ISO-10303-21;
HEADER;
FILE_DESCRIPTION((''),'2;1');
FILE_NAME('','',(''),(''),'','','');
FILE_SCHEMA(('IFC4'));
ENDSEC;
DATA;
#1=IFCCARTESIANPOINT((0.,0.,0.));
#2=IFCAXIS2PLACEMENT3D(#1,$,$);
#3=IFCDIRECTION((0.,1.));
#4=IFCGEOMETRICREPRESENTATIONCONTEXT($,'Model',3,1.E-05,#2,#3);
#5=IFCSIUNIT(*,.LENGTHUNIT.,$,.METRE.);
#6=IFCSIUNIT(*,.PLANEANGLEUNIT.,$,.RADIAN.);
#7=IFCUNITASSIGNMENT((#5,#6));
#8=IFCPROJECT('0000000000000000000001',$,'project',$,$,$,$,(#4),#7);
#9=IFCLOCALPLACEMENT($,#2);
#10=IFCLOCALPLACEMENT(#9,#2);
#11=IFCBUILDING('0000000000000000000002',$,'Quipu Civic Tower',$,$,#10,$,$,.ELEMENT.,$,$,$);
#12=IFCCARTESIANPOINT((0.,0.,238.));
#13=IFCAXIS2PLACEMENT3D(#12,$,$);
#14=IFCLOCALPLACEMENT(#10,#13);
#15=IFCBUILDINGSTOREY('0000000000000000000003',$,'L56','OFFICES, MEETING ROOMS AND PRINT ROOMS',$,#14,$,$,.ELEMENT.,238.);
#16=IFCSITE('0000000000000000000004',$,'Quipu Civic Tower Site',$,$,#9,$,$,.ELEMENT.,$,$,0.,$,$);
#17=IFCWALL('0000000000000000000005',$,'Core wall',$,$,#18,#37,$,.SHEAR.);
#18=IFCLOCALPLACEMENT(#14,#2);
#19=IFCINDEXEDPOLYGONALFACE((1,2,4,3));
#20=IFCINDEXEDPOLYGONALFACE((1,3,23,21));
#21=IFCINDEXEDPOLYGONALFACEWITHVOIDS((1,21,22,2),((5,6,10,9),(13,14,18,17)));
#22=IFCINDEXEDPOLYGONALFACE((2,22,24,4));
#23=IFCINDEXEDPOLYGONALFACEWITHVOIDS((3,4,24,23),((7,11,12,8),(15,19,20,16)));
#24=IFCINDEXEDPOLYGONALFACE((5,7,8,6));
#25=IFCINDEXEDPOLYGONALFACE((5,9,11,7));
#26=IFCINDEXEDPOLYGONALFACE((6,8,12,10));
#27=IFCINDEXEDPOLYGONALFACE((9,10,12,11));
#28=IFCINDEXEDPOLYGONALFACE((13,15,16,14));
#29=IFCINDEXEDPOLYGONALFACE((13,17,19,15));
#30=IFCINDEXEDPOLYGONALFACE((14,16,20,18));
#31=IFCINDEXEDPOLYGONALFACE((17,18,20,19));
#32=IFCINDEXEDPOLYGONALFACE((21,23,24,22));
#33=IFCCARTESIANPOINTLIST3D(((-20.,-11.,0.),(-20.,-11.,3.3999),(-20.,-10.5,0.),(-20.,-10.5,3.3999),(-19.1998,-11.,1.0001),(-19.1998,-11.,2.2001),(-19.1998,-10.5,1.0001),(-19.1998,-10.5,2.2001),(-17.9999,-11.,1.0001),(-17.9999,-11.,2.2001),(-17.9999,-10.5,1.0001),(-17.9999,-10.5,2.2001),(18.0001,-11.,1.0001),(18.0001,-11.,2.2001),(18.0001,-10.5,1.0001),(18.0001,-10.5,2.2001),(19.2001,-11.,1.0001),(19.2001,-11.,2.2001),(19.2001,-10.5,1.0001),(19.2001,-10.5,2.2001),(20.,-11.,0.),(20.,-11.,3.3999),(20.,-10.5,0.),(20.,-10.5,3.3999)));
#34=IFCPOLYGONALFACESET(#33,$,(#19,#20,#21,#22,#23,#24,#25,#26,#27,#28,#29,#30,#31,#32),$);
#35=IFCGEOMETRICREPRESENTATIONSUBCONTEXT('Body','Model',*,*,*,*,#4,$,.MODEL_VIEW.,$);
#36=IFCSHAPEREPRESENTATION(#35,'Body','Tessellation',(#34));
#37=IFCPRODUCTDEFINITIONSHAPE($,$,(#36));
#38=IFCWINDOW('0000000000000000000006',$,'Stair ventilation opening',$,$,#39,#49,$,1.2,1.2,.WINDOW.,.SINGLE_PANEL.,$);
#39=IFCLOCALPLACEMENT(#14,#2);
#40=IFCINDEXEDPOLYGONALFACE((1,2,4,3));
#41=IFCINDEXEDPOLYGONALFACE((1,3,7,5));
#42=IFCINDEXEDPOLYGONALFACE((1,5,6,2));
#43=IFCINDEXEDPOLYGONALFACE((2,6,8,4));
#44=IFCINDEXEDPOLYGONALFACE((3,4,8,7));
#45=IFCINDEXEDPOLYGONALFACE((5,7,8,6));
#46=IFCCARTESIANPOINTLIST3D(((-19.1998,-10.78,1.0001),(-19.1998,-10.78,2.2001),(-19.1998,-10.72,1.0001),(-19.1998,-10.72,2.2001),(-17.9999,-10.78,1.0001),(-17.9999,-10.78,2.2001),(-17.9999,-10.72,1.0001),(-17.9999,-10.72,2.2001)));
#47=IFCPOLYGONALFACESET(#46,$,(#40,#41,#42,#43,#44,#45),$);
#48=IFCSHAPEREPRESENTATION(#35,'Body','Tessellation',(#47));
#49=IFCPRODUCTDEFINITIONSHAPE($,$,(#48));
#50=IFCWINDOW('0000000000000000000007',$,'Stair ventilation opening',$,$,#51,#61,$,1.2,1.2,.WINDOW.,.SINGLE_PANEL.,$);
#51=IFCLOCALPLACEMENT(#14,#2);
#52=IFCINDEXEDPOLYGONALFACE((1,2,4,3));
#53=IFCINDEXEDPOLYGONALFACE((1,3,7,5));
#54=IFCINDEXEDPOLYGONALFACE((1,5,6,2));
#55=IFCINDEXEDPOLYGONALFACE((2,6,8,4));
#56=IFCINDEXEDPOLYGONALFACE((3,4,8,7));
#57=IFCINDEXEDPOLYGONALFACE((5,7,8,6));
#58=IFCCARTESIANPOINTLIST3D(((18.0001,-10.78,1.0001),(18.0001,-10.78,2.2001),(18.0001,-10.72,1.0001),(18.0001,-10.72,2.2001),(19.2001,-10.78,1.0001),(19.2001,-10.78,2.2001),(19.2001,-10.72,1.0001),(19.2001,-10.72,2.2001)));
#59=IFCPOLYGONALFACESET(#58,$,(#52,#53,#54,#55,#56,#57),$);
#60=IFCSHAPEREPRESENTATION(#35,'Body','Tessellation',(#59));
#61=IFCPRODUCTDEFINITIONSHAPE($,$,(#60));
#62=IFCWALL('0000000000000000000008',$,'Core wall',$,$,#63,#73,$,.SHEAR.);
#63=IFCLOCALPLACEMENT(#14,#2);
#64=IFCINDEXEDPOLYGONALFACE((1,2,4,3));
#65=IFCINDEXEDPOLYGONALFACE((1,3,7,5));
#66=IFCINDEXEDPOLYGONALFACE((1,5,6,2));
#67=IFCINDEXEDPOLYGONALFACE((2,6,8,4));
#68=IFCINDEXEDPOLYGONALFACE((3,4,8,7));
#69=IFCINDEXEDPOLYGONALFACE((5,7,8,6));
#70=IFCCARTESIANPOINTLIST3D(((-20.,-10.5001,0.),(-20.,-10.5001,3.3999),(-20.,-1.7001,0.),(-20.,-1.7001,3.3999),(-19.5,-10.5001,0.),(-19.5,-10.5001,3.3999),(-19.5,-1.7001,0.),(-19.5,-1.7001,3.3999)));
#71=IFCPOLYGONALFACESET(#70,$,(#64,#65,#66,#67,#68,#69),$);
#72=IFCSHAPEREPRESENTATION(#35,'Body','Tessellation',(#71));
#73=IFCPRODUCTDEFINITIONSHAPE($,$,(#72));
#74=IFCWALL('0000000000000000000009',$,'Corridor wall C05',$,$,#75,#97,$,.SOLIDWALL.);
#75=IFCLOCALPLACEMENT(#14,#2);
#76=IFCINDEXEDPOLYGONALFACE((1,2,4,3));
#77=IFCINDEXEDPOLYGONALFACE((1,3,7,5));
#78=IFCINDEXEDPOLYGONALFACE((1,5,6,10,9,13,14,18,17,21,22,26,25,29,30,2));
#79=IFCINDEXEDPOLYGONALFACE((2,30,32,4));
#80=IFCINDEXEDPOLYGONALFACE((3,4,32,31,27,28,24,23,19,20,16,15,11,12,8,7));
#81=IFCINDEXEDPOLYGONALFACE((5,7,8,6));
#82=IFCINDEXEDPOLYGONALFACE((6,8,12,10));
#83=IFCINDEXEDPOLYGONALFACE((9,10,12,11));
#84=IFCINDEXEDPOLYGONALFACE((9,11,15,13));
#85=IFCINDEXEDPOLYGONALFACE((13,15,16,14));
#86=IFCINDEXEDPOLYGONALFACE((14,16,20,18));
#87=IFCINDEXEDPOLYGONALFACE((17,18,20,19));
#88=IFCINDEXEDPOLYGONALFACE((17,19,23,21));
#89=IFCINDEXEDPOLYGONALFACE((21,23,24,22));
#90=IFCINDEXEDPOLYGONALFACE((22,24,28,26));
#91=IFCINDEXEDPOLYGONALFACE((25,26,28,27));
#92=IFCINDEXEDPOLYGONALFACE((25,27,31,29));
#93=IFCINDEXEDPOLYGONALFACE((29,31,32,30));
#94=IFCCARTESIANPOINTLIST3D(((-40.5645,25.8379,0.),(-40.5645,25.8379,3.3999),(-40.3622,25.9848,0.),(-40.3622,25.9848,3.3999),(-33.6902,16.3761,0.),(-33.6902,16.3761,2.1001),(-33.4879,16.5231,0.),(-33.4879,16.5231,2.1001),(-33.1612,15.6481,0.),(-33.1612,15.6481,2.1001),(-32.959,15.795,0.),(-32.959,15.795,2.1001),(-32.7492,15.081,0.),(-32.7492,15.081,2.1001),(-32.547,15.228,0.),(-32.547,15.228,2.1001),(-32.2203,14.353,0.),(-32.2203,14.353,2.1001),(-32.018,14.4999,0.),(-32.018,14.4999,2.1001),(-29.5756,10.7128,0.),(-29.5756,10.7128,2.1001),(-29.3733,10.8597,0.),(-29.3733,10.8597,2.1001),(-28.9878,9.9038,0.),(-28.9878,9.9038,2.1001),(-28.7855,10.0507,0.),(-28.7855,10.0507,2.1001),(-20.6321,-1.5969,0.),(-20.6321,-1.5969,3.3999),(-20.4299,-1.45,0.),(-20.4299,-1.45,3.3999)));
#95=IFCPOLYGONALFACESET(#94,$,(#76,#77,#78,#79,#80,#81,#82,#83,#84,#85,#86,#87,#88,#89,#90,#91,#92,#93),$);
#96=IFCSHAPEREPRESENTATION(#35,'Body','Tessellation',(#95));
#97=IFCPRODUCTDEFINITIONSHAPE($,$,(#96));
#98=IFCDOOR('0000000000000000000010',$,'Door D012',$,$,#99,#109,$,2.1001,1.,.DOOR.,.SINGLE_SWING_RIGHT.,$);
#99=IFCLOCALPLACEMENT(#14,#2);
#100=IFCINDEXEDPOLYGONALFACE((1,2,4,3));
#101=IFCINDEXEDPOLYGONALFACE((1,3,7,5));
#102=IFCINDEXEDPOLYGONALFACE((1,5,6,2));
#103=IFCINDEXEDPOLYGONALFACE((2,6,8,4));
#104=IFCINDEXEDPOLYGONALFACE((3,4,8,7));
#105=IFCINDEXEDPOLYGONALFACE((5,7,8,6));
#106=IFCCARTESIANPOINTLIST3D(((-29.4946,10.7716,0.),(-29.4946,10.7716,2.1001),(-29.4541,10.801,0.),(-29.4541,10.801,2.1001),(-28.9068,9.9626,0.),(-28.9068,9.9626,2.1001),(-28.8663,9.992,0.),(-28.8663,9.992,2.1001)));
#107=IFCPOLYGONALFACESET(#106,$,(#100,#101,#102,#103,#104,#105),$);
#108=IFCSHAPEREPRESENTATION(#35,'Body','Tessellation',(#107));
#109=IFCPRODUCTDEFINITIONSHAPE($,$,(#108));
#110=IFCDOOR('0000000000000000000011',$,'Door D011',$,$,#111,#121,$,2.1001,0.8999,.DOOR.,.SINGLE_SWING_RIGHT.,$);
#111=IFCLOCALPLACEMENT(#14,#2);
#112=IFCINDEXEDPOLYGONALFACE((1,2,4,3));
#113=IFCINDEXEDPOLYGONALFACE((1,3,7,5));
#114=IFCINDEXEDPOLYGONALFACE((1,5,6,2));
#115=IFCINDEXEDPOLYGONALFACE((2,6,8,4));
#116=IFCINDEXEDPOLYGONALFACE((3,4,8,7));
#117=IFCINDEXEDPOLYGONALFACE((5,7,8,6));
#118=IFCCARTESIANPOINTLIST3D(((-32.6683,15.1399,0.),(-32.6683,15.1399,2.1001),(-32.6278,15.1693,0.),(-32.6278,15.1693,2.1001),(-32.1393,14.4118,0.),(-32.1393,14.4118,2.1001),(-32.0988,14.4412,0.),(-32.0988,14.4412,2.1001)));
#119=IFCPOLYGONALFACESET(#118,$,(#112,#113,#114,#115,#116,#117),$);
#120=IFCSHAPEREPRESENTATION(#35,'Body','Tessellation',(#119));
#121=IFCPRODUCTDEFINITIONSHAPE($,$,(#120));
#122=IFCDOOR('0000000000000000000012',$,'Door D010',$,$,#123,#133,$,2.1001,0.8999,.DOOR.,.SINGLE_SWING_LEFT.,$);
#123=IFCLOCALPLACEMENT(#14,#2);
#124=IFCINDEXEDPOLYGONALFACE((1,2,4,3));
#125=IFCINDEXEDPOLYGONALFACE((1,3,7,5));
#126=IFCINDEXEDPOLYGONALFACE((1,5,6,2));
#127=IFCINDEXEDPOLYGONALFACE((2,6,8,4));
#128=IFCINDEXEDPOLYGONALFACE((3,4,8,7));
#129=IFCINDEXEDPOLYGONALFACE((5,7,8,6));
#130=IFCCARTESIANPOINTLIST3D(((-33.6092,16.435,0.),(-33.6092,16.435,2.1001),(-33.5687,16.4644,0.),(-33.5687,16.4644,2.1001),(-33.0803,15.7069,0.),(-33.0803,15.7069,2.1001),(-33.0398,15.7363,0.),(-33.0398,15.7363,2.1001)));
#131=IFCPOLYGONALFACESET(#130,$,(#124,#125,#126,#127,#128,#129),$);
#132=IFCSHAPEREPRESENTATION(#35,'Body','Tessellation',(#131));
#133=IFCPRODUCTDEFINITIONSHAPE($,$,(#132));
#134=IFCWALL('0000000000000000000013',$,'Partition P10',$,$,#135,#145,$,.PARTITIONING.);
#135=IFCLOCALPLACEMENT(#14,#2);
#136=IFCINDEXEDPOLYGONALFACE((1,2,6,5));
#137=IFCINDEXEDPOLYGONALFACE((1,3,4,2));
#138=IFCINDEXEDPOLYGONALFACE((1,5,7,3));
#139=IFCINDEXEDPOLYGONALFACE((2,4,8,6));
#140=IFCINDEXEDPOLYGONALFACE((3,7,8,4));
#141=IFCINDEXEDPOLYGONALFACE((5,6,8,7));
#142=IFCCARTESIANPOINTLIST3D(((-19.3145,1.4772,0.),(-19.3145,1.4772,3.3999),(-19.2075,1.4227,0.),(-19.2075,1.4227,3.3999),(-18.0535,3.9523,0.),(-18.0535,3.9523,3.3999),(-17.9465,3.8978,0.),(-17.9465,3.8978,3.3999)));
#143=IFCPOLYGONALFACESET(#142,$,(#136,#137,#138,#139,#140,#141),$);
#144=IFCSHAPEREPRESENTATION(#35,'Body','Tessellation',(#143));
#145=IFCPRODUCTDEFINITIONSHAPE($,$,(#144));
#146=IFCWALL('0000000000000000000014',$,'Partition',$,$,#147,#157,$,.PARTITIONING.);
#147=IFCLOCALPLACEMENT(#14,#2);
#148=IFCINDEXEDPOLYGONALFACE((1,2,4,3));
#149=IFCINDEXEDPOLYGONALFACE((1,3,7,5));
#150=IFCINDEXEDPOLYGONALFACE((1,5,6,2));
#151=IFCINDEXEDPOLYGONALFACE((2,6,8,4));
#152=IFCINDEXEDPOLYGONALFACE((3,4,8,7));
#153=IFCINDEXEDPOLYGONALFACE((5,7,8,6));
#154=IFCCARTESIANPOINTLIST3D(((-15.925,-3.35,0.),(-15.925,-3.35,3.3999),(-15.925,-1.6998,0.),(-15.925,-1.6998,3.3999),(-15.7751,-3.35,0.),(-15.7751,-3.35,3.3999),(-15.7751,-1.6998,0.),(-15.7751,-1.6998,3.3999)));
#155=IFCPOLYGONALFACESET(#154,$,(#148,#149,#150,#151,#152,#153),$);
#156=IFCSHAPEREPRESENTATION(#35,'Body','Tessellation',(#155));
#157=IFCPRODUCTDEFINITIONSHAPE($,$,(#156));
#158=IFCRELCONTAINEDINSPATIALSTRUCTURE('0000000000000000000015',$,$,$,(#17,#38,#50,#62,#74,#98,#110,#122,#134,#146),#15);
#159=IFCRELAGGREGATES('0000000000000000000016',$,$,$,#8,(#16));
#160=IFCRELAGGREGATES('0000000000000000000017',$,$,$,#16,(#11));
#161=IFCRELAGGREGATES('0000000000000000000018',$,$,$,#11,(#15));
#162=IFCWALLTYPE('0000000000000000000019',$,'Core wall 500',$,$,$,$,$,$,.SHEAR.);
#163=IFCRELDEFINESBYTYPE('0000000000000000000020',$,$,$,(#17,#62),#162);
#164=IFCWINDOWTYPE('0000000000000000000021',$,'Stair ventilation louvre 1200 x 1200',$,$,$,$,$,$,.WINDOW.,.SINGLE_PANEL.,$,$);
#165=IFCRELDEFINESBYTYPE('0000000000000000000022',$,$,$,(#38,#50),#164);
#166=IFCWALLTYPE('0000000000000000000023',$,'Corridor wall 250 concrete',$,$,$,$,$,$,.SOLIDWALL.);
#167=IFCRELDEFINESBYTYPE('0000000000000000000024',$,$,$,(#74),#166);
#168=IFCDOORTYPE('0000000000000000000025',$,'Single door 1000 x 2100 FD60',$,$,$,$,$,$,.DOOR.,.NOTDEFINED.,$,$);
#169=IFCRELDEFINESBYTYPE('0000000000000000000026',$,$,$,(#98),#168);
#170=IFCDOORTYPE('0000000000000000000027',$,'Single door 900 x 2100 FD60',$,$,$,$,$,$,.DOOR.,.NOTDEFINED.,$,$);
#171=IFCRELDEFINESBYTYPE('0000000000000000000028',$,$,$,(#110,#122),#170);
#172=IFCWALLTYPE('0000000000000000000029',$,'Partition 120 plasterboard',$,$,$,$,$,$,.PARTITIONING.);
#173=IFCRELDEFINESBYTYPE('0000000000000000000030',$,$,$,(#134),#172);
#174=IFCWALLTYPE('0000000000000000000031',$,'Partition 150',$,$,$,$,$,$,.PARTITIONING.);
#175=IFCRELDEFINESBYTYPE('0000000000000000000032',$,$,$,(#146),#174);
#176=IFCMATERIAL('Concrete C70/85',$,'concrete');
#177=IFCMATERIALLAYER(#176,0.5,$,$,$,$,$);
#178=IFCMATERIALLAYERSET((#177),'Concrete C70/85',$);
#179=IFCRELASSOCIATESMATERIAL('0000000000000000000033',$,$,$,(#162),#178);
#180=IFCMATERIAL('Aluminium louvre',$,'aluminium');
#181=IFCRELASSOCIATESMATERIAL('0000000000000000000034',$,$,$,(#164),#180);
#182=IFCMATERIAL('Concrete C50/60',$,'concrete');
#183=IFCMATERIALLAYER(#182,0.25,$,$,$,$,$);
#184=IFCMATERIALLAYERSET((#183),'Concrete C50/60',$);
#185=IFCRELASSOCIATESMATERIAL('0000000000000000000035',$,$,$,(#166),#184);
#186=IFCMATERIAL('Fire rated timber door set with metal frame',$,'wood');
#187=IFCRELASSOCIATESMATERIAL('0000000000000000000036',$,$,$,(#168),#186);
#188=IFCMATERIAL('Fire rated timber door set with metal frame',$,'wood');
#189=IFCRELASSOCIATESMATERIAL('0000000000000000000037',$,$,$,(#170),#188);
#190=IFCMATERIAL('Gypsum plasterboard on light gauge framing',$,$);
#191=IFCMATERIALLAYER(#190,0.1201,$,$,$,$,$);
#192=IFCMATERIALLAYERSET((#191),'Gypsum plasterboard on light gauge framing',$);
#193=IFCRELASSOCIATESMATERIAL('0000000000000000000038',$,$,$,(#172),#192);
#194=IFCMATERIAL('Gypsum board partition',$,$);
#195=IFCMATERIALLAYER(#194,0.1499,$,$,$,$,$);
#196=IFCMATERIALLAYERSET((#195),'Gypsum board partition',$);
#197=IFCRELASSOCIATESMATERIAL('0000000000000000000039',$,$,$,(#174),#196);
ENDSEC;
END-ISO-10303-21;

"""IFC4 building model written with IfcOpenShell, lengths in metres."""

from ifc_helpers import new_model, si_unit, direction, frame, frame_2d, origin, place, context, subcontext, project, spatial, rectangle, extrude, material, layer, layer_set, type_object, element, fill, save


model = new_model("IFC4")

# Units and contexts
model_context = context("Model", 3, precision=1e-05, world=origin(), true_north=direction((0.0, 1.0)))
body_context = subcontext(model_context, "Body", "Model", "MODEL_VIEW")
ifc_project = project(units=[si_unit("LENGTHUNIT", "METRE"), si_unit("PLANEANGLEUNIT", "RADIAN")], contexts=[model_context])

# Site, building, storey
site_placement = place(None, origin())
site = spatial("IfcSite", under=ifc_project, at=site_placement, Name="Quipu Civic Tower Site", CompositionType="ELEMENT", RefElevation=0.0)
building_placement = place(site_placement, origin())
building = spatial("IfcBuilding", under=site, at=building_placement, Name="Quipu Civic Tower", CompositionType="ELEMENT")
storey_placement = place(building_placement, frame((0.0, 0.0, 238.0)))
storey = spatial("IfcBuildingStorey", under=building, at=storey_placement, Name="L56", Description="OFFICES, MEETING ROOMS AND PRINT ROOMS", CompositionType="ELEMENT", Elevation=238.0)

# Wall, openings, windows
ifc_material_1 = material(Name="Concrete C70/85", Category="concrete")
ifc_layer_1 = layer(ifc_material_1, 0.5)
ifc_layer_set_1 = layer_set([ifc_layer_1], Name="Concrete C70/85")
wall_type_1 = type_object("IfcWallType", Name="Core wall 500", PredefinedType="SHEAR", material=ifc_layer_set_1)
wall_1_placement = place(storey_placement, frame((-20.0, -10.75, 0.0), z_axis=(0.0, 0.0, 1.0), x_axis=(1.0, 0.0, 0.0)))
wall_1 = element("IfcWall", 1, at=wall_1_placement, inside=storey, type_object=wall_type_1, Name="Core wall", PredefinedType="SHEAR", context=body_context, shape_type="SweptSolid", body=[
    extrude(rectangle(XDim=40.0, YDim=0.5, at=frame_2d((20.0, 0.0))), origin(), (0.0, 0.0, 1.0), 3.3999),
])
opening_1_placement = place(wall_1_placement, frame((0.8, 0.0, 1.0)))
opening_1 = element("IfcOpeningElement", 2, at=opening_1_placement, cuts=wall_1, PredefinedType="OPENING", context=body_context, shape_type="SweptSolid", body=[
    extrude(rectangle(XDim=1.2, YDim=1.2, at=frame_2d((0.6001, 0.6001))), frame((0.0, 0.26, 0.0), z_axis=(0.0, -1.0, 0.0), x_axis=(1.0, 0.0, 0.0)), (0.0, 0.0, 1.0), 0.52),
])
opening_2_placement = place(wall_1_placement, frame((38.0, 0.0, 1.0)))
opening_2 = element("IfcOpeningElement", 3, at=opening_2_placement, cuts=wall_1, PredefinedType="OPENING", context=body_context, shape_type="SweptSolid", body=[
    extrude(rectangle(XDim=1.2, YDim=1.2, at=frame_2d((0.6001, 0.6001))), frame((0.0, 0.26, 0.0), z_axis=(0.0, -1.0, 0.0), x_axis=(1.0, 0.0, 0.0)), (0.0, 0.0, 1.0), 0.52),
])
ifc_material_2 = material(Name="Aluminium louvre", Category="aluminium")
window_type = type_object("IfcWindowType", Name="Stair ventilation louvre 1200 x 1200", PartitioningType="SINGLE_PANEL", PredefinedType="WINDOW", material=ifc_material_2)
window_1_placement = place(opening_1_placement, origin())
window_1 = element("IfcWindow", 4, at=window_1_placement, inside=storey, type_object=window_type, Name="Stair ventilation opening", OverallHeight=1.2, OverallWidth=1.2, PartitioningType="SINGLE_PANEL", PredefinedType="WINDOW", context=body_context, shape_type="SweptSolid", body=[
    extrude(rectangle(XDim=1.2, YDim=1.2, at=frame_2d((0.6001, 0.6001))), frame((0.0, 0.03, 0.0), z_axis=(0.0, -1.0, 0.0), x_axis=(1.0, 0.0, 0.0)), (0.0, 0.0, 1.0), 0.0601),
])
fill(opening_1, window_1)
window_2_placement = place(opening_2_placement, origin())
window_2 = element("IfcWindow", 5, at=window_2_placement, inside=storey, type_object=window_type, Name="Stair ventilation opening", OverallHeight=1.2, OverallWidth=1.2, PartitioningType="SINGLE_PANEL", PredefinedType="WINDOW", context=body_context, shape_type="SweptSolid", body=[
    extrude(rectangle(XDim=1.2, YDim=1.2, at=frame_2d((0.6001, 0.6001))), frame((0.0, 0.03, 0.0), z_axis=(0.0, -1.0, 0.0), x_axis=(1.0, 0.0, 0.0)), (0.0, 0.0, 1.0), 0.0601),
])
fill(opening_2, window_2)

# Wall
wall_2_placement = place(storey_placement, frame((-19.75, -10.5, 0.0), z_axis=(0.0, 0.0, 1.0), x_axis=(0.0, 1.0, 0.0)))
element("IfcWall", 6, at=wall_2_placement, inside=storey, type_object=wall_type_1, Name="Core wall", PredefinedType="SHEAR", context=body_context, shape_type="SweptSolid", body=[
    extrude(rectangle(XDim=8.8, YDim=0.5, at=frame_2d((4.3999, 0.0))), origin(), (0.0, 0.0, 1.0), 3.3999),
])

# Wall, openings, doors
ifc_material_3 = material(Name="Concrete C50/60", Category="concrete")
ifc_layer_2 = layer(ifc_material_3, 0.25)
ifc_layer_set_2 = layer_set([ifc_layer_2], Name="Concrete C50/60")
wall_type_2 = type_object("IfcWallType", Name="Corridor wall 250 concrete", PredefinedType="SOLIDWALL", material=ifc_layer_set_2)
wall_3_placement = place(storey_placement, frame((-20.531, -1.5234, 0.0), z_axis=(0.0, 0.0, 1.0), x_axis=(-0.587782, 0.80902, 0.0)))
wall_3 = element("IfcWall", 7, at=wall_3_placement, inside=storey, type_object=wall_type_2, Name="Corridor wall C05", PredefinedType="SOLIDWALL", context=body_context, shape_type="SweptSolid", body=[
    extrude(rectangle(XDim=33.9111, YDim=0.25, at=frame_2d((16.9556, 0.0))), origin(), (0.0, 0.0, 1.0), 3.3999),
])
opening_3_placement = place(wall_3_placement, frame((14.2156, 0.0, 0.0)))
opening_3 = element("IfcOpeningElement", 8, at=opening_3_placement, cuts=wall_3, PredefinedType="OPENING", context=body_context, shape_type="SweptSolid", body=[
    extrude(rectangle(XDim=1.0, YDim=2.1001, at=frame_2d((0.5, 1.05))), frame((0.0, 0.135, 0.0), z_axis=(0.0, -1.0, 0.0), x_axis=(1.0, 0.0, 0.0)), (0.0, 0.0, 1.0), 0.27),
])
opening_4_placement = place(wall_3_placement, frame((19.7151, 0.0, 0.0)))
opening_4 = element("IfcOpeningElement", 9, at=opening_4_placement, cuts=wall_3, PredefinedType="OPENING", context=body_context, shape_type="SweptSolid", body=[
    extrude(rectangle(XDim=0.8999, YDim=2.1001, at=frame_2d((0.45, 1.05))), frame((0.0, 0.135, 0.0), z_axis=(0.0, -1.0, 0.0), x_axis=(1.0, 0.0, 0.0)), (0.0, 0.0, 1.0), 0.27),
])
opening_5_placement = place(wall_3_placement, frame((21.3159, 0.0, 0.0)))
opening_5 = element("IfcOpeningElement", 10, at=opening_5_placement, cuts=wall_3, PredefinedType="OPENING", context=body_context, shape_type="SweptSolid", body=[
    extrude(rectangle(XDim=0.8999, YDim=2.1001, at=frame_2d((0.45, 1.05))), frame((0.0, 0.135, 0.0), z_axis=(0.0, -1.0, 0.0), x_axis=(1.0, 0.0, 0.0)), (0.0, 0.0, 1.0), 0.27),
])
ifc_material_4 = material(Name="Fire rated timber door set with metal frame", Category="wood")
door_type_1 = type_object("IfcDoorType", Name="Single door 1000 x 2100 FD60", OperationType="NOTDEFINED", PredefinedType="DOOR", material=ifc_material_4)
door_1_placement = place(opening_3_placement, origin())
door_1 = element("IfcDoor", 11, at=door_1_placement, inside=storey, type_object=door_type_1, Name="Door D012", OperationType="SINGLE_SWING_RIGHT", OverallHeight=2.1001, OverallWidth=1.0, PredefinedType="DOOR", context=body_context, shape_type="SweptSolid", body=[
    extrude(rectangle(XDim=1.0, YDim=2.1001, at=frame_2d((0.5, 1.05))), frame((0.0, 0.0249, 0.0), z_axis=(0.0, -1.0, 0.0), x_axis=(1.0, 0.0, 0.0)), (0.0, 0.0, 1.0), 0.05),
])
fill(opening_3, door_1)
ifc_material_5 = material(Name="Fire rated timber door set with metal frame", Category="wood")
door_type_2 = type_object("IfcDoorType", Name="Single door 900 x 2100 FD60", OperationType="NOTDEFINED", PredefinedType="DOOR", material=ifc_material_5)
door_2_placement = place(opening_4_placement, origin())
door_2 = element("IfcDoor", 12, at=door_2_placement, inside=storey, type_object=door_type_2, Name="Door D011", OperationType="SINGLE_SWING_RIGHT", OverallHeight=2.1001, OverallWidth=0.8999, PredefinedType="DOOR", context=body_context, shape_type="SweptSolid", body=[
    extrude(rectangle(XDim=0.8999, YDim=2.1001, at=frame_2d((0.45, 1.05))), frame((0.0, 0.0249, 0.0), z_axis=(0.0, -1.0, 0.0), x_axis=(1.0, 0.0, 0.0)), (0.0, 0.0, 1.0), 0.05),
])
fill(opening_4, door_2)
door_3_placement = place(opening_5_placement, origin())
door_3 = element("IfcDoor", 13, at=door_3_placement, inside=storey, type_object=door_type_2, Name="Door D010", OperationType="SINGLE_SWING_LEFT", OverallHeight=2.1001, OverallWidth=0.8999, PredefinedType="DOOR", context=body_context, shape_type="SweptSolid", body=[
    extrude(rectangle(XDim=0.8999, YDim=2.1001, at=frame_2d((0.45, 1.05))), frame((0.0, 0.0249, 0.0), z_axis=(0.0, -1.0, 0.0), x_axis=(1.0, 0.0, 0.0)), (0.0, 0.0, 1.0), 0.05),
])
fill(opening_5, door_3)

# Walls
ifc_material_6 = material(Name="Gypsum plasterboard on light gauge framing")
ifc_layer_3 = layer(ifc_material_6, 0.1201)
ifc_layer_set_3 = layer_set([ifc_layer_3], Name="Gypsum plasterboard on light gauge framing")
wall_type_3 = type_object("IfcWallType", Name="Partition 120 plasterboard", PredefinedType="PARTITIONING", material=ifc_layer_set_3)
wall_4_placement = place(storey_placement, frame((-19.261, 1.45, 0.0), z_axis=(0.0, 0.0, 1.0), x_axis=(0.453951, 0.891027, 0.0)))
element("IfcWall", 14, at=wall_4_placement, inside=storey, type_object=wall_type_3, Name="Partition P10", PredefinedType="PARTITIONING", context=body_context, shape_type="SweptSolid", body=[
    extrude(rectangle(XDim=2.7778, YDim=0.1201, at=frame_2d((1.3889, 0.0))), origin(), (0.0, 0.0, 1.0), 3.3999),
])
ifc_material_7 = material(Name="Gypsum board partition")
ifc_layer_4 = layer(ifc_material_7, 0.1499)
ifc_layer_set_4 = layer_set([ifc_layer_4], Name="Gypsum board partition")
wall_type_4 = type_object("IfcWallType", Name="Partition 150", PredefinedType="PARTITIONING", material=ifc_layer_set_4)
wall_5_placement = place(storey_placement, frame((-15.8501, -3.3501, 0.0), z_axis=(0.0, 0.0, 1.0), x_axis=(0.0, 1.0, 0.0)))
element("IfcWall", 15, at=wall_5_placement, inside=storey, type_object=wall_type_4, Name="Partition", PredefinedType="PARTITIONING", context=body_context, shape_type="SweptSolid", body=[
    extrude(rectangle(XDim=1.6501, YDim=0.1499, at=frame_2d((0.8252, 0.0))), origin(), (0.0, 0.0, 1.0), 3.3999),
])

save(model, "model.ifc")
